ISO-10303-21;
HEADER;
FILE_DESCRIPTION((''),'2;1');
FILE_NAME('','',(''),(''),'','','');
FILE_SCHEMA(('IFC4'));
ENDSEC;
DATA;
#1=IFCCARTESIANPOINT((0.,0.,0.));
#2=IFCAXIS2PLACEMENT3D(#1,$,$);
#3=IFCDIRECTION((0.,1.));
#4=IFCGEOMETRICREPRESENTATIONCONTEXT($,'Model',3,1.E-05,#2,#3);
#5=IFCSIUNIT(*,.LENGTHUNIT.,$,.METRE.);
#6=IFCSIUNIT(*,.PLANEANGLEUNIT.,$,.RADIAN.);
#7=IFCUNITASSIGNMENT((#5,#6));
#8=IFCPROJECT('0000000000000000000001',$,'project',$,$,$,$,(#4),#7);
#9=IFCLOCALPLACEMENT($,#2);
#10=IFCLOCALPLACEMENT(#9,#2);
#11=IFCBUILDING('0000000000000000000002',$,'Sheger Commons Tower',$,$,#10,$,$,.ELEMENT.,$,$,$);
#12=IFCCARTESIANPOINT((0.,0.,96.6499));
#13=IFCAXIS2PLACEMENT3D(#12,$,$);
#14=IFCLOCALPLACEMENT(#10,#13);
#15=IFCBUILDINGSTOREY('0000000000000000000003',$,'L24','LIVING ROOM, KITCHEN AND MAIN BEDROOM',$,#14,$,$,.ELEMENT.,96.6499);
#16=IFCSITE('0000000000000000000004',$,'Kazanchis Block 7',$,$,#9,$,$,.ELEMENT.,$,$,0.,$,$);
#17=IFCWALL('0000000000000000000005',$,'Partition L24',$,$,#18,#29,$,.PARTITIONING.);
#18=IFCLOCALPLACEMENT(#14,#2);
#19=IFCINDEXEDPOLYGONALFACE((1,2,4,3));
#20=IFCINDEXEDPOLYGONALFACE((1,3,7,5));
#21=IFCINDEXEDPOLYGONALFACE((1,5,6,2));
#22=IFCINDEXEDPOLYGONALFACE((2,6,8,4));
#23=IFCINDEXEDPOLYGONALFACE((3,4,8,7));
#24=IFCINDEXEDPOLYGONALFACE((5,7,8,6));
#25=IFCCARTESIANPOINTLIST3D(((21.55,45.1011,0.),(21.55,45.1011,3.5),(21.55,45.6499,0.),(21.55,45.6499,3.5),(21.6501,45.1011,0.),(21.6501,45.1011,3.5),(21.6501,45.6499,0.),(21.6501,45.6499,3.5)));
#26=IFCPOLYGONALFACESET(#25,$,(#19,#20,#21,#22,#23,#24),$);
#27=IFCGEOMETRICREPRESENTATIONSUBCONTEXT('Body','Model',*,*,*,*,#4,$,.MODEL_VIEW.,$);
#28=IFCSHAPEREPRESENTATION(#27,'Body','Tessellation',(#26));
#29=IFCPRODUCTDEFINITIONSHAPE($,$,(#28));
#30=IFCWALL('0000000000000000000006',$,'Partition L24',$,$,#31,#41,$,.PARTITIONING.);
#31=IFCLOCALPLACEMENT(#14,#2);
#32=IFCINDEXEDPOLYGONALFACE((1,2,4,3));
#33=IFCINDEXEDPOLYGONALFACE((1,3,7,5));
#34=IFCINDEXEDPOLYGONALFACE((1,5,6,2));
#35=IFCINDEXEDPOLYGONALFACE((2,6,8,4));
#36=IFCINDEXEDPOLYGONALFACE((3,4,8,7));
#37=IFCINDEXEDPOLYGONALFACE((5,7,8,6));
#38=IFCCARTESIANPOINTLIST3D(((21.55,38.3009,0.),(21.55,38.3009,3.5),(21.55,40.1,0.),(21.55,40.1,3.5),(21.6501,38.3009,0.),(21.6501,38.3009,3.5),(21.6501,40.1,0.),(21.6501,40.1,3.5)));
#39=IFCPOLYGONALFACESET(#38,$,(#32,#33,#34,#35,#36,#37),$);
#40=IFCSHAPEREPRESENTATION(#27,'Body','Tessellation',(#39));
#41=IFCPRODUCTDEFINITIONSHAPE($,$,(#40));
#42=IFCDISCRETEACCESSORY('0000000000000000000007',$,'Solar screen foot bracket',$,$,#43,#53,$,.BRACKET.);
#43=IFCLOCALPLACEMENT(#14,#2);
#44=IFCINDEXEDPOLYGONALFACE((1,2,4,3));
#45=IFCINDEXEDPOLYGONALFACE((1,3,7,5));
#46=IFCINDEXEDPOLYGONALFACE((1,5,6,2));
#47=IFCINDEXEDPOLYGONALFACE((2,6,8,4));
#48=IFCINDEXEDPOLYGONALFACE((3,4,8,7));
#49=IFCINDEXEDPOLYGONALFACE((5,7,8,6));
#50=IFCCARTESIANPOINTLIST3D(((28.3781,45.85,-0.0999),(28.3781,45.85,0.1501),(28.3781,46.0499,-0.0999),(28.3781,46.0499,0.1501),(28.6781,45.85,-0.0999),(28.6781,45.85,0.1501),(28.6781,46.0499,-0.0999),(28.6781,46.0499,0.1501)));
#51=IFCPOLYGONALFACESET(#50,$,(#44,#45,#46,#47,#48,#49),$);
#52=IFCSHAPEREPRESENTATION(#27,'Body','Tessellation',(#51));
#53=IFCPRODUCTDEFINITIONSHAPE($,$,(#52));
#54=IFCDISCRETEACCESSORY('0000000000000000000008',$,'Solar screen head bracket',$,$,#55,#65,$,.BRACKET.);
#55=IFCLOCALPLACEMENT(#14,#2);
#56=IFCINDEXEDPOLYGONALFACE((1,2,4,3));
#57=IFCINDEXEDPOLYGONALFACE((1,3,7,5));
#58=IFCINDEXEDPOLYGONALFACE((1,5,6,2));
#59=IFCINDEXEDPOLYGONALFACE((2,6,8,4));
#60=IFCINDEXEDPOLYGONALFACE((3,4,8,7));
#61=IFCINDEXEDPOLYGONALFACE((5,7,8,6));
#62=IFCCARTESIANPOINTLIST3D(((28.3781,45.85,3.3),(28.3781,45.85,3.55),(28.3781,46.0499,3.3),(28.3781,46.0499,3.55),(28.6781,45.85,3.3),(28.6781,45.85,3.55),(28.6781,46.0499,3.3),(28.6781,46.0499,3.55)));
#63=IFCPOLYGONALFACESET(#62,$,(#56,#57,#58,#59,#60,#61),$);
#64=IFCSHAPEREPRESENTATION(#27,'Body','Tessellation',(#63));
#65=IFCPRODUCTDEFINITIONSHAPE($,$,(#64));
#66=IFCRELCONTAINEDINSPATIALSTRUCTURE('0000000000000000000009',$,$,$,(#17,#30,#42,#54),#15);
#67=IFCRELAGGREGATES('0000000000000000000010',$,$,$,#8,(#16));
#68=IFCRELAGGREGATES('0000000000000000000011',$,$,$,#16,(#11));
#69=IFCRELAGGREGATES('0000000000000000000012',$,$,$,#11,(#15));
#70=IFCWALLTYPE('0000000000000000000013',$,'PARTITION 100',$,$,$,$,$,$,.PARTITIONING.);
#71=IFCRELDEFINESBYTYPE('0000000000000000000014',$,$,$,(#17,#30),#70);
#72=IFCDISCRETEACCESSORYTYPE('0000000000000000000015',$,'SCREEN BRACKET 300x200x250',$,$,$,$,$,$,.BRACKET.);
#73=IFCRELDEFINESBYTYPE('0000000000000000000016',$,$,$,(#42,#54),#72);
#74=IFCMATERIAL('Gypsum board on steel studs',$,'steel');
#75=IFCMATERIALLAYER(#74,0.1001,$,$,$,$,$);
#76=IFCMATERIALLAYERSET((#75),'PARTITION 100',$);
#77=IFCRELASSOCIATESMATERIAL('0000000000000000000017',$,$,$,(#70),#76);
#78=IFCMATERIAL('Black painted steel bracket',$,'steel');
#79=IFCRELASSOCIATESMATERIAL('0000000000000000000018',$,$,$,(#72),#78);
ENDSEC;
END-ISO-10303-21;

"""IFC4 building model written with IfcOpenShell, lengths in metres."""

from ifc_helpers import new_model, si_unit, direction, frame, frame_2d, origin, origin_2d, place, context, subcontext, project, spatial, rectangle, extrude, material, layer, layer_set, type_object, element, save


model = new_model("IFC4")

# Units and contexts
model_context = context("Model", 3, precision=1e-05, world=origin(), true_north=direction((0.0, 1.0)))
body_context = subcontext(model_context, "Body", "Model", "MODEL_VIEW")
ifc_project = project(units=[si_unit("LENGTHUNIT", "METRE"), si_unit("PLANEANGLEUNIT", "RADIAN")], contexts=[model_context])

# Site, building, storey
site_placement = place(None, origin())
site = spatial("IfcSite", under=ifc_project, at=site_placement, Name="Kazanchis Block 7", CompositionType="ELEMENT", RefElevation=0.0)
building_placement = place(site_placement, origin())
building = spatial("IfcBuilding", under=site, at=building_placement, Name="Sheger Commons Tower", CompositionType="ELEMENT")
storey_placement = place(building_placement, frame((0.0, 0.0, 96.6499)))
storey = spatial("IfcBuildingStorey", under=building, at=storey_placement, Name="L24", Description="LIVING ROOM, KITCHEN AND MAIN BEDROOM", CompositionType="ELEMENT", Elevation=96.6499)

# Shared definitions
ifc_material_1 = material(Name="Gypsum board on steel studs", Category="steel")
ifc_layer_1 = layer(ifc_material_1, 0.1001)
ifc_layer_set_1 = layer_set([ifc_layer_1], Name="PARTITION 100")
wall_type_1 = type_object("IfcWallType", Name="PARTITION 100", PredefinedType="PARTITIONING", material=ifc_layer_set_1)

# Walls
wall_1_placement = place(storey_placement, frame((21.6001, 45.1011, 0.0), z_axis=(0.0, 0.0, 1.0), x_axis=(0.0, 1.0, 0.0)))
element("IfcWall", 1, at=wall_1_placement, inside=storey, type_object=wall_type_1, Name="Partition L24", PredefinedType="PARTITIONING", context=body_context, shape_type="SweptSolid", body=[
    extrude(rectangle(XDim=0.5488, YDim=0.1001, at=frame_2d((0.2744, 0.0))), origin(), (0.0, 0.0, 1.0), 3.5),
])
wall_2_placement = place(storey_placement, frame((21.6001, 38.301, 0.0), z_axis=(0.0, 0.0, 1.0), x_axis=(0.0, 1.0, 0.0)))
element("IfcWall", 2, at=wall_2_placement, inside=storey, type_object=wall_type_1, Name="Partition L24", PredefinedType="PARTITIONING", context=body_context, shape_type="SweptSolid", body=[
    extrude(rectangle(XDim=1.7991, YDim=0.1001, at=frame_2d((0.8994, 0.0))), origin(), (0.0, 0.0, 1.0), 3.5),
])

# Discrete accessories
ifc_material_2 = material(Name="Black painted steel bracket", Category="steel")
discrete_accessory_type = type_object("IfcDiscreteAccessoryType", Name="SCREEN BRACKET 300x200x250", PredefinedType="BRACKET", material=ifc_material_2)
for number, where, z_axis, x_axis, name in (
    (3, (28.5281, 45.95, -0.0999), (0.0, 0.0, 1.0), (-1.0, 0.0, 0.0), "Solar screen foot bracket"),
    (4, (28.5281, 45.95, 3.3), (0.0, 0.0, 1.0), (-1.0, 0.0, 0.0), "Solar screen head bracket"),
):
    element("IfcDiscreteAccessory", number, at=place(storey_placement, frame(where, z_axis=z_axis, x_axis=x_axis)), inside=storey, type_object=discrete_accessory_type, Name=name, PredefinedType="BRACKET", context=body_context, shape_type="SweptSolid", body=[
        extrude(rectangle(XDim=0.3, YDim=0.2, at=origin_2d()), origin(), (0.0, 0.0, 1.0), 0.25),
    ])

save(model, "model.ifc")
